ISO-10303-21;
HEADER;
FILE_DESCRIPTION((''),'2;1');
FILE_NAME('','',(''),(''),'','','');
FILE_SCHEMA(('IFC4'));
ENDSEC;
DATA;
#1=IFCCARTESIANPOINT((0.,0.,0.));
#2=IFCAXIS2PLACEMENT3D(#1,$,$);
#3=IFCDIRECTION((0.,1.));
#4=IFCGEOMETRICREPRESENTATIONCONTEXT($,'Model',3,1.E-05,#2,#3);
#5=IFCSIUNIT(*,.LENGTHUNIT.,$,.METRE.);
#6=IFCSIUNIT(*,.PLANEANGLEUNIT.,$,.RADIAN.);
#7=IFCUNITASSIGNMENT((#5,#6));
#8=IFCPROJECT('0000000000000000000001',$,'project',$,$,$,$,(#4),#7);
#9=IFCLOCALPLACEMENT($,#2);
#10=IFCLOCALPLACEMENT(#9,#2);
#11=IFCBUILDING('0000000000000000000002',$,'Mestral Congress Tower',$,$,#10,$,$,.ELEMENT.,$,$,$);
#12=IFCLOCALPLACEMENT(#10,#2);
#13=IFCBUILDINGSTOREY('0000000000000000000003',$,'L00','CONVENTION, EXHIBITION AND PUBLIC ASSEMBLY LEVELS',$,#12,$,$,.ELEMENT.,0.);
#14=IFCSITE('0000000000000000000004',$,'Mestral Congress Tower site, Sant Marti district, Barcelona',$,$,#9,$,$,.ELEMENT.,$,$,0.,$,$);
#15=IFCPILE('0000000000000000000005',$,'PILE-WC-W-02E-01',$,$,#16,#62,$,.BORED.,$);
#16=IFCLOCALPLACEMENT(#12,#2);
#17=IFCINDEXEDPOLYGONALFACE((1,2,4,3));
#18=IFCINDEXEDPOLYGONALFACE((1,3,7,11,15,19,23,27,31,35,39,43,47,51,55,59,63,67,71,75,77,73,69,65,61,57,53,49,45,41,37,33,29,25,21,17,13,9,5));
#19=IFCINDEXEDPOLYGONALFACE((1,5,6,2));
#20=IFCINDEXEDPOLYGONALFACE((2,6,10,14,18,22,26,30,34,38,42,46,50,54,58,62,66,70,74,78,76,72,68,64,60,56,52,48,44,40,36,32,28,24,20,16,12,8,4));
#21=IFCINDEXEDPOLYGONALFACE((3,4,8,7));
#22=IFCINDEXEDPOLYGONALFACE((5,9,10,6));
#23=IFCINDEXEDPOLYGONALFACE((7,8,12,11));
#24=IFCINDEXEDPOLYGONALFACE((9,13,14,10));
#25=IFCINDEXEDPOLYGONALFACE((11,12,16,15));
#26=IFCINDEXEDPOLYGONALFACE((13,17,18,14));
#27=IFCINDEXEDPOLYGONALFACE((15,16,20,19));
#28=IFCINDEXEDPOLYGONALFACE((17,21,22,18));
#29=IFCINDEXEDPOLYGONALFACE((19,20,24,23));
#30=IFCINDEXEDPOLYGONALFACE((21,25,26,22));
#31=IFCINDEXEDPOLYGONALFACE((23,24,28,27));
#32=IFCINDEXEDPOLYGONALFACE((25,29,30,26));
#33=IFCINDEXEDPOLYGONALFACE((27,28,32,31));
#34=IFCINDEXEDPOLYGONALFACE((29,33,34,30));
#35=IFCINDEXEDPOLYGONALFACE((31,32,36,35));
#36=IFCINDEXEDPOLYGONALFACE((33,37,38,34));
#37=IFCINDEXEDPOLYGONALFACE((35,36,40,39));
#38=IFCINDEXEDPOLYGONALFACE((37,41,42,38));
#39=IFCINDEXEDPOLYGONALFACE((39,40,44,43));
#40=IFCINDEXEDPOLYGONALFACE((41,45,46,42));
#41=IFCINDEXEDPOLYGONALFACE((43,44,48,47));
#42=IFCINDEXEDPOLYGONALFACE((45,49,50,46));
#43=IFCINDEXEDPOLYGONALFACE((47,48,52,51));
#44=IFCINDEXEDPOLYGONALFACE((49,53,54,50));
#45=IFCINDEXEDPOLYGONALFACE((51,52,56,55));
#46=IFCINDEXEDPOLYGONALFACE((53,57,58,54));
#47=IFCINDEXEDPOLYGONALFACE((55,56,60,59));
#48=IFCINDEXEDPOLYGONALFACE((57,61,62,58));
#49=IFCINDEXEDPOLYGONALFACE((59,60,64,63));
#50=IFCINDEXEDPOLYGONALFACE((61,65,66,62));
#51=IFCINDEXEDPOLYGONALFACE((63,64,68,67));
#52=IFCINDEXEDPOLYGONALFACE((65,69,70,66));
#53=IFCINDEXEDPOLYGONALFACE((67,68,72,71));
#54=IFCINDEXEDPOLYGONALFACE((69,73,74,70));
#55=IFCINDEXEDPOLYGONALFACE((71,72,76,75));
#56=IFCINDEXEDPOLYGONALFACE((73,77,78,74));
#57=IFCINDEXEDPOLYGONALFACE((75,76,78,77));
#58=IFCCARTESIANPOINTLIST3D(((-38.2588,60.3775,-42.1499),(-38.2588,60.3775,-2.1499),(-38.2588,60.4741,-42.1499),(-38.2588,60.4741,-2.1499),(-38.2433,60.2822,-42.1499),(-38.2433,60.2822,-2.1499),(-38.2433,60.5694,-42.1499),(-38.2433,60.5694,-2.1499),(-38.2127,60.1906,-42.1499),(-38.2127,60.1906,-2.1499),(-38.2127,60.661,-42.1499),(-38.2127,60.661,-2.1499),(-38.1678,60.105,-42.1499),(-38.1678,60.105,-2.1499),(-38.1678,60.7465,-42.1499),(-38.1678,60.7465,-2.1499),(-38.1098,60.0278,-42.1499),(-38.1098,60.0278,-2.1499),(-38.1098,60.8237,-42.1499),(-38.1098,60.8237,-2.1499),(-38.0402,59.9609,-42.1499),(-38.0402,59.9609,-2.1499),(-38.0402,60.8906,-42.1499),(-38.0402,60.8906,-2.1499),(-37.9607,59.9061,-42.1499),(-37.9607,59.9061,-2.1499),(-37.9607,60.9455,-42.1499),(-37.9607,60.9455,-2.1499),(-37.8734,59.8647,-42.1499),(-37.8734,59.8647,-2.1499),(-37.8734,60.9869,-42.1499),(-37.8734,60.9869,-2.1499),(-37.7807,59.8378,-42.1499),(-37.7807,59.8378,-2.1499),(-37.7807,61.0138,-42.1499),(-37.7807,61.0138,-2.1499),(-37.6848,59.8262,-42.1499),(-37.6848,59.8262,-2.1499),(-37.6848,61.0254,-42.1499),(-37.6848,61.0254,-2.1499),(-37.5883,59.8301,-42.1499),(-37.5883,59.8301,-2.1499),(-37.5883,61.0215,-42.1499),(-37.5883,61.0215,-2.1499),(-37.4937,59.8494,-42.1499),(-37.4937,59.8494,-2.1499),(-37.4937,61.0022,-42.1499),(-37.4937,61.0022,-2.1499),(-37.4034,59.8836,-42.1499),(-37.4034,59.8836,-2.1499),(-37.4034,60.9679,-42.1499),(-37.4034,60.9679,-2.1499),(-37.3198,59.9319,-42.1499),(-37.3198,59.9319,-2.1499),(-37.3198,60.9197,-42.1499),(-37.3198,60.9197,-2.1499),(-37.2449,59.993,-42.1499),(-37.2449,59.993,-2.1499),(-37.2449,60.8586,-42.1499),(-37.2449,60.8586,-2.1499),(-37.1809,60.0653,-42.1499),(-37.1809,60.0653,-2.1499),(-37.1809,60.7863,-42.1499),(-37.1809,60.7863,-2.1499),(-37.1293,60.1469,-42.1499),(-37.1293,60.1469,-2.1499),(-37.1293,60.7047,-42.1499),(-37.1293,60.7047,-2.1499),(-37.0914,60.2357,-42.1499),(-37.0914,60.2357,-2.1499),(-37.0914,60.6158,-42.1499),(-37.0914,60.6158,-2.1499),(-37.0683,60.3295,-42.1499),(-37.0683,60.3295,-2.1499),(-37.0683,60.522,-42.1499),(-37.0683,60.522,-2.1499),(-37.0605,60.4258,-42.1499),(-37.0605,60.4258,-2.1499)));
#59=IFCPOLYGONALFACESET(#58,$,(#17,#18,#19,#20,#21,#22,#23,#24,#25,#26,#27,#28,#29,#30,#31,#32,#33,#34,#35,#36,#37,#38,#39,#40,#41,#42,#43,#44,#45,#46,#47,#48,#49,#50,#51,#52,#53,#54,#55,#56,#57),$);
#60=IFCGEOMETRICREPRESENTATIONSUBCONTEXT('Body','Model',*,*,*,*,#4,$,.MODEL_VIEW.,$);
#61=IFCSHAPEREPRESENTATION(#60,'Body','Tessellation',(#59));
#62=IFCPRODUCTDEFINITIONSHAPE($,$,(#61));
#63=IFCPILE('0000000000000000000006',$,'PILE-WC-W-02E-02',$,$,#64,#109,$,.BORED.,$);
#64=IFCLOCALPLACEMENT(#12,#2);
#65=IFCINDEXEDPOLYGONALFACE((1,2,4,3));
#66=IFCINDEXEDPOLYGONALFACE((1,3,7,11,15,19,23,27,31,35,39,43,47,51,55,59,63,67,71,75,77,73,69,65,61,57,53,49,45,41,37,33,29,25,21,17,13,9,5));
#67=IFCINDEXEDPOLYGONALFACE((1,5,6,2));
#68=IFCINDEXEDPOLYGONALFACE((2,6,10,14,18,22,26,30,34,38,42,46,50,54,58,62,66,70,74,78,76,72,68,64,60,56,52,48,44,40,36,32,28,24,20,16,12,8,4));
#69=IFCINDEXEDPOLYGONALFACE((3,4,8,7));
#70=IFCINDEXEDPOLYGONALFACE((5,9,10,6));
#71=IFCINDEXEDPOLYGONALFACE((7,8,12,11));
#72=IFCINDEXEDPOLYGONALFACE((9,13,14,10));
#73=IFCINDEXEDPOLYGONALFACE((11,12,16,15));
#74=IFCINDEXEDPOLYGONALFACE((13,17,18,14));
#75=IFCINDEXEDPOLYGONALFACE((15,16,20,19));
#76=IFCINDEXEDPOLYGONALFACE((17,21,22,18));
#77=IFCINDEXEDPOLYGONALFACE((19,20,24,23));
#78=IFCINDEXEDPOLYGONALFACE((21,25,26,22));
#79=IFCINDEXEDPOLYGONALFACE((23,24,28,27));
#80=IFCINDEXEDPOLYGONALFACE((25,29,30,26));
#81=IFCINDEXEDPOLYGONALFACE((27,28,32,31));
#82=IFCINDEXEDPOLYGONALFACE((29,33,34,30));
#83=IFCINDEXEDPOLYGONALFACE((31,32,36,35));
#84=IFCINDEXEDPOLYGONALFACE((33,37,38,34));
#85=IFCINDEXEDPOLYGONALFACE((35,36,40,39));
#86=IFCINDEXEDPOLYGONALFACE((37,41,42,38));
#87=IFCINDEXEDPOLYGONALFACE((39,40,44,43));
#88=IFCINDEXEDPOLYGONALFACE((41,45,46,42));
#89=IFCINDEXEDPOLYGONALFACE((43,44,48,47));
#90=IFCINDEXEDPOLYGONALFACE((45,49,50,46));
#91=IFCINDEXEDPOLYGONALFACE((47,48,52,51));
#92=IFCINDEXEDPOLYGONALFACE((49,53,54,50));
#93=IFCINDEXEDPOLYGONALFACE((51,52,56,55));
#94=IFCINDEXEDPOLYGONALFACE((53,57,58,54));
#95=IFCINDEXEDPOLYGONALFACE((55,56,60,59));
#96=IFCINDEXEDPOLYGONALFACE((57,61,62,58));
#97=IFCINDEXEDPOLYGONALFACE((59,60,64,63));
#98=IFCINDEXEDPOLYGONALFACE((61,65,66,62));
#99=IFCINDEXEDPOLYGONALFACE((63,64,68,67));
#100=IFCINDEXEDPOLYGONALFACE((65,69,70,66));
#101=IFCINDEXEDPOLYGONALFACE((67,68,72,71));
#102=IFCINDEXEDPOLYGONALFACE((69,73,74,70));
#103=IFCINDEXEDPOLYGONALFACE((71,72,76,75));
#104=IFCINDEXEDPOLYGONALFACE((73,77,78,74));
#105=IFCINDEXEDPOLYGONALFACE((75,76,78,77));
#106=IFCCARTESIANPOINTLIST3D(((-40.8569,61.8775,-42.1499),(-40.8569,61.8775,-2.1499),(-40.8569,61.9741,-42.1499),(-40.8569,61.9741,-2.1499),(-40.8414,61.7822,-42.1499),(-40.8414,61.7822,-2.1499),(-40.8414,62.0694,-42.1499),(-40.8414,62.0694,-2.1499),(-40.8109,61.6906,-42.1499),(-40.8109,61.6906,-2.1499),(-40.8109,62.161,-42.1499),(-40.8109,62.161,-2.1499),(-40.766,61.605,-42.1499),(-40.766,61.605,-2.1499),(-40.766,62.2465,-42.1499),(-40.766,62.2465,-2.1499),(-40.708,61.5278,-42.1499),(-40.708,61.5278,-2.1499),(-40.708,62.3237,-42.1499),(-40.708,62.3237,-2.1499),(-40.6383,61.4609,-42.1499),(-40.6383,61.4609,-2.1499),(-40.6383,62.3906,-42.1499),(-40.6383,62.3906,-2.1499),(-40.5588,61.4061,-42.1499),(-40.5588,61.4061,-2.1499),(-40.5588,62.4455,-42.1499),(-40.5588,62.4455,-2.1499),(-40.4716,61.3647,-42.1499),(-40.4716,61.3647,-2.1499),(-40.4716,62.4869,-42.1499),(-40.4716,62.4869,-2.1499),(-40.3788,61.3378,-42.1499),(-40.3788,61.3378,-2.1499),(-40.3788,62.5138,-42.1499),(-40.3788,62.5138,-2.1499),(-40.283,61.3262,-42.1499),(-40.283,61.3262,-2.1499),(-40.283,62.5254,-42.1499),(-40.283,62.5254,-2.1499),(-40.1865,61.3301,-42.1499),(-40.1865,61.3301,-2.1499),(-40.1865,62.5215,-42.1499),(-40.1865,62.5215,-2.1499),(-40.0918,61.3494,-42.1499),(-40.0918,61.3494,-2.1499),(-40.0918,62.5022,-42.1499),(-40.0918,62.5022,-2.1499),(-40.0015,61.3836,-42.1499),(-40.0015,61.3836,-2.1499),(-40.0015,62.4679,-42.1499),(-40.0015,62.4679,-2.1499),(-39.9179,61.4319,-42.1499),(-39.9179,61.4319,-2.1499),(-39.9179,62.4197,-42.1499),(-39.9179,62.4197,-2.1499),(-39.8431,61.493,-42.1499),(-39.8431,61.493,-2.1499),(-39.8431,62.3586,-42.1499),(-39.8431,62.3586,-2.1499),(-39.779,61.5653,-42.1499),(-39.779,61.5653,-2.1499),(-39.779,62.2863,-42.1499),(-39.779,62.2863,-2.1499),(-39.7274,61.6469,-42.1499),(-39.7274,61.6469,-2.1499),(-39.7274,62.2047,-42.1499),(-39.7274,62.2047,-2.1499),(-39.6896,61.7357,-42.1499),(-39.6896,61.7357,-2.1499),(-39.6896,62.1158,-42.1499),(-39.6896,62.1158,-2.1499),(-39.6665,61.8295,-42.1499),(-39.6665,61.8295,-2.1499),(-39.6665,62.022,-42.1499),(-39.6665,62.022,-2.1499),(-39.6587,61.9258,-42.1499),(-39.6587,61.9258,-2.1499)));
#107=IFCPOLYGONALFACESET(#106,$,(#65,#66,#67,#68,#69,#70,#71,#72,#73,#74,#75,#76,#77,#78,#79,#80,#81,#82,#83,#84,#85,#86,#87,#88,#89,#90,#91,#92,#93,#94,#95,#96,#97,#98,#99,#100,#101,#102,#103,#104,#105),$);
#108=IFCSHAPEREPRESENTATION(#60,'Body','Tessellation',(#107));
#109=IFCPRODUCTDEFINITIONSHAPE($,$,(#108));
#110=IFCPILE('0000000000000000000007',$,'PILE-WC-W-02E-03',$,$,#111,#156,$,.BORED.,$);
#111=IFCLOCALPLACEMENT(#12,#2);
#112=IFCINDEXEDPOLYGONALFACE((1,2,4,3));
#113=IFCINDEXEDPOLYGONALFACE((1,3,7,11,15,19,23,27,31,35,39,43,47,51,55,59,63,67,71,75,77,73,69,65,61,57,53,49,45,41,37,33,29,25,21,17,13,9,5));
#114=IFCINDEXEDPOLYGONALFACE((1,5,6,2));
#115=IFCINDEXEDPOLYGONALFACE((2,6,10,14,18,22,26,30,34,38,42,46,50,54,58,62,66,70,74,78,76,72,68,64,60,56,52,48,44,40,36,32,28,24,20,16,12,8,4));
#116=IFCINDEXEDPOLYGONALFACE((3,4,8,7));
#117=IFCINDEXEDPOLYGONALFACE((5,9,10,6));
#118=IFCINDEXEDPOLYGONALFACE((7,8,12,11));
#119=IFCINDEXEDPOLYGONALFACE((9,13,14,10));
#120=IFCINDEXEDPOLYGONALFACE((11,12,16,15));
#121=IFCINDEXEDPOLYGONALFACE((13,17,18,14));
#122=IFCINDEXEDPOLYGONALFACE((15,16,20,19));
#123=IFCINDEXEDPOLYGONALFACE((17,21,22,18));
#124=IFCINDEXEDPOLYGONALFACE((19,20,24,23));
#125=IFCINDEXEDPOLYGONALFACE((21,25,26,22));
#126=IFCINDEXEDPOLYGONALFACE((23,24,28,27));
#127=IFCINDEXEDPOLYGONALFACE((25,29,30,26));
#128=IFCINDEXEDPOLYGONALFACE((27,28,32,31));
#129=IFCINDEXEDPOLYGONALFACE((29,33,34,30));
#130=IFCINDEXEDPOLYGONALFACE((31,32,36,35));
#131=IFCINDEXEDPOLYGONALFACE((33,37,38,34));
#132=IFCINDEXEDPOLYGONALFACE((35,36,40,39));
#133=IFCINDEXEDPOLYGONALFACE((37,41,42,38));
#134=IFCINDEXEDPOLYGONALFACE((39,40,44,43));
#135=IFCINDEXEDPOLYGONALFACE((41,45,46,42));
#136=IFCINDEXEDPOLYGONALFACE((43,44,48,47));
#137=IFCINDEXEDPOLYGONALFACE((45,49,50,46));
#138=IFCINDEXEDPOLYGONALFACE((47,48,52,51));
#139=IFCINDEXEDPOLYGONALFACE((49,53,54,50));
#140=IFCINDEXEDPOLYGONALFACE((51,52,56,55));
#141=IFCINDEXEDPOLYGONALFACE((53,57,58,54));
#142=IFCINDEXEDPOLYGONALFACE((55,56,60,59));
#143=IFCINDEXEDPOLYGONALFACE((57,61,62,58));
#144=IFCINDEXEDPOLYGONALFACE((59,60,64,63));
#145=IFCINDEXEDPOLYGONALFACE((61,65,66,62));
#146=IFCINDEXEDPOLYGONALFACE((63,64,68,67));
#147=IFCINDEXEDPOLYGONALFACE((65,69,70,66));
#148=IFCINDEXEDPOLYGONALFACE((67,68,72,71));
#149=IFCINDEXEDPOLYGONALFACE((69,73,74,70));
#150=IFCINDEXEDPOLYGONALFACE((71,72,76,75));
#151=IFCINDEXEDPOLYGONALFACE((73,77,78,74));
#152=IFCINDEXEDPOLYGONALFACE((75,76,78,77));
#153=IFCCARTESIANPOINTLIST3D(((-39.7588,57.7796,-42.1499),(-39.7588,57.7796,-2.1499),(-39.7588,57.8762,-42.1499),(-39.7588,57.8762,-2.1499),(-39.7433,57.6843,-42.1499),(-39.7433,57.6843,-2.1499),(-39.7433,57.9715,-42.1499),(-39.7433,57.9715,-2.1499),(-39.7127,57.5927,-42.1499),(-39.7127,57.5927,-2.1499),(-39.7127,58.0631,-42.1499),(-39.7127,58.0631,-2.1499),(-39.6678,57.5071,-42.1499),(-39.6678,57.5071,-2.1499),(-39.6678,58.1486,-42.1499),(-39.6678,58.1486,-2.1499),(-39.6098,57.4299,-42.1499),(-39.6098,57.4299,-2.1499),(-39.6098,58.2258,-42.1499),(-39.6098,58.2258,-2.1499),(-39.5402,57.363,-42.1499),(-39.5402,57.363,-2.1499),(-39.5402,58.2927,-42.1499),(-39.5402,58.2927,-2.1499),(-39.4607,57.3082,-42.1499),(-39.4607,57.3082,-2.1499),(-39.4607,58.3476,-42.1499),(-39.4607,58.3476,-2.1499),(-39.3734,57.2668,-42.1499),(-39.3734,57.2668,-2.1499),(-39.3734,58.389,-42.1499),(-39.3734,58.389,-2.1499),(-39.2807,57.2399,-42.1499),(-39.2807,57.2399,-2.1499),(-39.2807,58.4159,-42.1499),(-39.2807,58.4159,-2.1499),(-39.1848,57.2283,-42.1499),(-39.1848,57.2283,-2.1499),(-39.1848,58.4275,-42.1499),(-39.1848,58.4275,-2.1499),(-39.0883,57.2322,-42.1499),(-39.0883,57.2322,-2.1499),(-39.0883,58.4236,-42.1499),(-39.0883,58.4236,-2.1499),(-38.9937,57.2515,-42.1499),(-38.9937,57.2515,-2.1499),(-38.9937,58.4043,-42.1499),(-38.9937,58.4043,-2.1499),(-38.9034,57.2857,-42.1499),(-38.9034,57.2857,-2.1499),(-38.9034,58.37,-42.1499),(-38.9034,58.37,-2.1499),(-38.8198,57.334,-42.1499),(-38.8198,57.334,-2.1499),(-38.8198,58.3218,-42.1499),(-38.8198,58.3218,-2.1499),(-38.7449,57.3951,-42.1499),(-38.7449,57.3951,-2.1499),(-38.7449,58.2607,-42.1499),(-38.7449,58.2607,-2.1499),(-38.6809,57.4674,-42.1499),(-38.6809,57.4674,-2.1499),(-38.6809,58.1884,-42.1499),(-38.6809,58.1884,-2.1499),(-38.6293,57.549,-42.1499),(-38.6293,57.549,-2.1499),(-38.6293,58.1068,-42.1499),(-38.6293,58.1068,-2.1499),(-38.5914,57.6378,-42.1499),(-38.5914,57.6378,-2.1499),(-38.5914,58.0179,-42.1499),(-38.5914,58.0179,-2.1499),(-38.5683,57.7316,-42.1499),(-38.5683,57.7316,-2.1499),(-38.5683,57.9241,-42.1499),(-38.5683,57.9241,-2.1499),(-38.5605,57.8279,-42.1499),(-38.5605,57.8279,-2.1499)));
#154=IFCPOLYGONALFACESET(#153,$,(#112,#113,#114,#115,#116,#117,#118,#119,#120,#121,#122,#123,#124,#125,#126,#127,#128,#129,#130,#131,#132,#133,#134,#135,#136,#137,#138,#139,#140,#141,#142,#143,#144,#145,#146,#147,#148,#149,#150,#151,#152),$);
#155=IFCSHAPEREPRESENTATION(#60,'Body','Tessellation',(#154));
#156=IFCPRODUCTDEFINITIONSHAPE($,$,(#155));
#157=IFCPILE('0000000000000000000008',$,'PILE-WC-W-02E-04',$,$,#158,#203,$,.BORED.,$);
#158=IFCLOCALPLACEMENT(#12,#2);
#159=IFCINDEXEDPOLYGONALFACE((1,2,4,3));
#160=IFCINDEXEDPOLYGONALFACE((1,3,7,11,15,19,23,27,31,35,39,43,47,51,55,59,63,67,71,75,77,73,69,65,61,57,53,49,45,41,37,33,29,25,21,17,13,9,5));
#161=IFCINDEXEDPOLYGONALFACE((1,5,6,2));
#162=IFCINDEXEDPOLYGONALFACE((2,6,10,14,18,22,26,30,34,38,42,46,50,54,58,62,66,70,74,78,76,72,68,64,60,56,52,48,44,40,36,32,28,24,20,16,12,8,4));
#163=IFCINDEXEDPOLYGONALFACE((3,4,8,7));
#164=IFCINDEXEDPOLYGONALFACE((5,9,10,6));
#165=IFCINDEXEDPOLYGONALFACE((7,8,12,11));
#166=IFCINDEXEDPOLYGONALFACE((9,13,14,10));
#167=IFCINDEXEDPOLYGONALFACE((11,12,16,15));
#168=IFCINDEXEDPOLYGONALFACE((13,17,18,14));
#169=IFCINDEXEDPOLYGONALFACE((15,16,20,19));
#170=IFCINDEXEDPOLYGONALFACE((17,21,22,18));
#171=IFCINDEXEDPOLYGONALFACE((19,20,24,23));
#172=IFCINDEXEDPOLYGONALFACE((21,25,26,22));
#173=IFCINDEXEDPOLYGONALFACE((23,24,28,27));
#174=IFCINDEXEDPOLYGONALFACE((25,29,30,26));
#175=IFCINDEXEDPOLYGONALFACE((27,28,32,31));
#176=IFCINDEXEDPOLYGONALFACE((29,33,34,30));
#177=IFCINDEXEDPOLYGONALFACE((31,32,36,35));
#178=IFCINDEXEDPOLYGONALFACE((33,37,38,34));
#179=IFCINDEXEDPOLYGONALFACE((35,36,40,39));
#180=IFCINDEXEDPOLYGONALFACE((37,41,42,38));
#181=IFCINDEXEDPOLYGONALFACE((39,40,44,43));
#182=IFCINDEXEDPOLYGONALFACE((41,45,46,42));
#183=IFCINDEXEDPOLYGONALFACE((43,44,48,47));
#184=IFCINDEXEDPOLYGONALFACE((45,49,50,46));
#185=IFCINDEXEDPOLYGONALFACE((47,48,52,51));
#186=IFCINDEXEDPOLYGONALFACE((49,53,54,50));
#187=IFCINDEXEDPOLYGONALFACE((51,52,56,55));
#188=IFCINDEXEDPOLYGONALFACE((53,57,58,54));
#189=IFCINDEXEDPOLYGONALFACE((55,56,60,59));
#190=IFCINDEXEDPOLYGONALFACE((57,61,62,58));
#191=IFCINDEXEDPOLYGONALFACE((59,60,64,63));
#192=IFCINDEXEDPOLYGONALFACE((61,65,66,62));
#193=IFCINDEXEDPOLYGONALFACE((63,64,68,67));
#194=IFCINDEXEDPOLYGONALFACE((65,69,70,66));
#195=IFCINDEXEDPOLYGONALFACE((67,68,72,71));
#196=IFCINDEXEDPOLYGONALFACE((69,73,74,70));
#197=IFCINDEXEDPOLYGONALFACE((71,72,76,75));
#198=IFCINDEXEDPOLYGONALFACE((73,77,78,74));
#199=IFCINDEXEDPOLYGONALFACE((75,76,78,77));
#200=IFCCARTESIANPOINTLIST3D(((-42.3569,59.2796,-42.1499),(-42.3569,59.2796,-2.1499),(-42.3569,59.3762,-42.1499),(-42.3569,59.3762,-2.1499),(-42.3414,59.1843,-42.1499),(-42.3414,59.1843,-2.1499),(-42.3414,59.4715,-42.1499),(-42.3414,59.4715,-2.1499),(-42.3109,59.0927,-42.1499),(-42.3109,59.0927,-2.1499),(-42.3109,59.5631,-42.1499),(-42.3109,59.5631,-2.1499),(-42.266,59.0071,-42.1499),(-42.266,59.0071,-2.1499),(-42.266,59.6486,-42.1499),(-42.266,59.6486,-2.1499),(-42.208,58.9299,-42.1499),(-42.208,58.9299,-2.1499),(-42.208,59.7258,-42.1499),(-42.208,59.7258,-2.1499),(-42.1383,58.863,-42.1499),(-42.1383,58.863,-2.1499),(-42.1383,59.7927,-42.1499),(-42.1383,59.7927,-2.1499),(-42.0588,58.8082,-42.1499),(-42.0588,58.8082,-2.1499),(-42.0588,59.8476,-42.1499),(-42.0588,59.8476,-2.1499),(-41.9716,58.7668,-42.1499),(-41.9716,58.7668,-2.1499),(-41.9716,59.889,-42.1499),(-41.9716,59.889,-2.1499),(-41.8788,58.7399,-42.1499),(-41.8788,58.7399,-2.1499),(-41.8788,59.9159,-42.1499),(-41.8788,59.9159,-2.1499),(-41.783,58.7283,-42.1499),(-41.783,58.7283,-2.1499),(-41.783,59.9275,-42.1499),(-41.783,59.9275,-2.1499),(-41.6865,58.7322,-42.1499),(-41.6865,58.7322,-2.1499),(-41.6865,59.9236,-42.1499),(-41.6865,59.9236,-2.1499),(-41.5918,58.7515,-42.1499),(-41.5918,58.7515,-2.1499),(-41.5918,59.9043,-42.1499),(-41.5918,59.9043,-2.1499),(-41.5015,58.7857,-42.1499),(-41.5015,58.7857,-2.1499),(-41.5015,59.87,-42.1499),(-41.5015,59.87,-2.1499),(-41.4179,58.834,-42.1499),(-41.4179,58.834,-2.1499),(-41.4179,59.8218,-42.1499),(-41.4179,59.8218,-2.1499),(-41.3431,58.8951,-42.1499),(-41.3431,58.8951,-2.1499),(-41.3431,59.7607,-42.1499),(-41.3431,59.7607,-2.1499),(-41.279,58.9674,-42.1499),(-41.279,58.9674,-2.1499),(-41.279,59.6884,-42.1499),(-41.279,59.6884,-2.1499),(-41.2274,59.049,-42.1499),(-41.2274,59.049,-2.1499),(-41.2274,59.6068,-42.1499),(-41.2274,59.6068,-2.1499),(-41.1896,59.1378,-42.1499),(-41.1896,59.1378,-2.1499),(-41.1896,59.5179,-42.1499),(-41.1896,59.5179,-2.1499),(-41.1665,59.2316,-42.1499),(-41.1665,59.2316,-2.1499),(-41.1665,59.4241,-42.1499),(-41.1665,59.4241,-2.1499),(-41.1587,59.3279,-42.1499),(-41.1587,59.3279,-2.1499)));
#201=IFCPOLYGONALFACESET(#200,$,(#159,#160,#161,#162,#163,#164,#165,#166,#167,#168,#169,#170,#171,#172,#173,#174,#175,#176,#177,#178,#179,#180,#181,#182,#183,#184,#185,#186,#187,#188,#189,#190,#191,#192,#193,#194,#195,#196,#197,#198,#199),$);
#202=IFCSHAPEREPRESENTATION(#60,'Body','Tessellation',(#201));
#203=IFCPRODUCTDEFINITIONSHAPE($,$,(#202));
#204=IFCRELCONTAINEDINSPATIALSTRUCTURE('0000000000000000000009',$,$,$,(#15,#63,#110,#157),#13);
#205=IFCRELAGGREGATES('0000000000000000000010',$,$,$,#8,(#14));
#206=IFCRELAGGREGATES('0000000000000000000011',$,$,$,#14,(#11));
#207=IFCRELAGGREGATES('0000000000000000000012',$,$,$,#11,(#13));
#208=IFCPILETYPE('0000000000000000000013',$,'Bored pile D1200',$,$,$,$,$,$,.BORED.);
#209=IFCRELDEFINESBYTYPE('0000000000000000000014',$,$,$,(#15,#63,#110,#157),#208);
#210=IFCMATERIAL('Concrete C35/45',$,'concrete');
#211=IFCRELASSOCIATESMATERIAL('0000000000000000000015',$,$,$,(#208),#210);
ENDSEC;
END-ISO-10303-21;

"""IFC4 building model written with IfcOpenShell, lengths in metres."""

from ifc_helpers import new_model, si_unit, direction, frame, origin, origin_2d, place, context, subcontext, project, spatial, circle, extrude, material, material_profile, profile_set, type_object, element, save


model = new_model("IFC4")

# Units and contexts
model_context = context("Model", 3, precision=1e-05, world=origin(), true_north=direction((0.0, 1.0)))
body_context = subcontext(model_context, "Body", "Model", "MODEL_VIEW")
ifc_project = project(units=[si_unit("LENGTHUNIT", "METRE"), si_unit("PLANEANGLEUNIT", "RADIAN")], contexts=[model_context])

# Site, building, storey
site_placement = place(None, origin())
site = spatial("IfcSite", under=ifc_project, at=site_placement, Name="Mestral Congress Tower site, Sant Marti district, Barcelona", CompositionType="ELEMENT", RefElevation=0.0)
building_placement = place(site_placement, origin())
building = spatial("IfcBuilding", under=site, at=building_placement, Name="Mestral Congress Tower", CompositionType="ELEMENT")
storey_placement = place(building_placement, origin())
storey = spatial("IfcBuildingStorey", under=building, at=storey_placement, Name="L00", Description="CONVENTION, EXHIBITION AND PUBLIC ASSEMBLY LEVELS", CompositionType="ELEMENT", Elevation=0.0)

# Piles
ifc_material_1 = material(Name="Concrete C35/45", Category="concrete")
ifc_material_profile_1 = material_profile(ifc_material_1, circle(Radius=0.6001, at=origin_2d()), Name="D1200")
ifc_profile_set_1 = profile_set([ifc_material_profile_1], Name="Concrete C35/45")
pile_type = type_object("IfcPileType", Name="Bored pile D1200", PredefinedType="BORED", material=ifc_profile_set_1)
for number, where, z_axis, x_axis, name in (
    (1, (-37.6606, 60.4258, -2.1499), (0.0, 0.0, -1.0), (1.0, 0.0, 0.0), "PILE-WC-W-02E-01"),
    (2, (-40.2588, 61.9258, -2.1499), (0.0, 0.0, -1.0), (1.0, 0.0, 0.0), "PILE-WC-W-02E-02"),
    (3, (-39.1606, 57.8279, -2.1499), (0.0, 0.0, -1.0), (1.0, 0.0, 0.0), "PILE-WC-W-02E-03"),
    (4, (-41.7588, 59.3279, -2.1499), (0.0, 0.0, -1.0), (1.0, 0.0, 0.0), "PILE-WC-W-02E-04"),
):
    element("IfcPile", number, at=place(storey_placement, frame(where, z_axis=z_axis, x_axis=x_axis)), inside=storey, type_object=pile_type, Name=name, PredefinedType="BORED", context=body_context, shape_type="SweptSolid", body=[
        extrude(circle(Radius=0.6001, at=origin_2d()), origin(), (0.0, 0.0, 1.0), 40.0),
    ])

save(model, "model.ifc")
